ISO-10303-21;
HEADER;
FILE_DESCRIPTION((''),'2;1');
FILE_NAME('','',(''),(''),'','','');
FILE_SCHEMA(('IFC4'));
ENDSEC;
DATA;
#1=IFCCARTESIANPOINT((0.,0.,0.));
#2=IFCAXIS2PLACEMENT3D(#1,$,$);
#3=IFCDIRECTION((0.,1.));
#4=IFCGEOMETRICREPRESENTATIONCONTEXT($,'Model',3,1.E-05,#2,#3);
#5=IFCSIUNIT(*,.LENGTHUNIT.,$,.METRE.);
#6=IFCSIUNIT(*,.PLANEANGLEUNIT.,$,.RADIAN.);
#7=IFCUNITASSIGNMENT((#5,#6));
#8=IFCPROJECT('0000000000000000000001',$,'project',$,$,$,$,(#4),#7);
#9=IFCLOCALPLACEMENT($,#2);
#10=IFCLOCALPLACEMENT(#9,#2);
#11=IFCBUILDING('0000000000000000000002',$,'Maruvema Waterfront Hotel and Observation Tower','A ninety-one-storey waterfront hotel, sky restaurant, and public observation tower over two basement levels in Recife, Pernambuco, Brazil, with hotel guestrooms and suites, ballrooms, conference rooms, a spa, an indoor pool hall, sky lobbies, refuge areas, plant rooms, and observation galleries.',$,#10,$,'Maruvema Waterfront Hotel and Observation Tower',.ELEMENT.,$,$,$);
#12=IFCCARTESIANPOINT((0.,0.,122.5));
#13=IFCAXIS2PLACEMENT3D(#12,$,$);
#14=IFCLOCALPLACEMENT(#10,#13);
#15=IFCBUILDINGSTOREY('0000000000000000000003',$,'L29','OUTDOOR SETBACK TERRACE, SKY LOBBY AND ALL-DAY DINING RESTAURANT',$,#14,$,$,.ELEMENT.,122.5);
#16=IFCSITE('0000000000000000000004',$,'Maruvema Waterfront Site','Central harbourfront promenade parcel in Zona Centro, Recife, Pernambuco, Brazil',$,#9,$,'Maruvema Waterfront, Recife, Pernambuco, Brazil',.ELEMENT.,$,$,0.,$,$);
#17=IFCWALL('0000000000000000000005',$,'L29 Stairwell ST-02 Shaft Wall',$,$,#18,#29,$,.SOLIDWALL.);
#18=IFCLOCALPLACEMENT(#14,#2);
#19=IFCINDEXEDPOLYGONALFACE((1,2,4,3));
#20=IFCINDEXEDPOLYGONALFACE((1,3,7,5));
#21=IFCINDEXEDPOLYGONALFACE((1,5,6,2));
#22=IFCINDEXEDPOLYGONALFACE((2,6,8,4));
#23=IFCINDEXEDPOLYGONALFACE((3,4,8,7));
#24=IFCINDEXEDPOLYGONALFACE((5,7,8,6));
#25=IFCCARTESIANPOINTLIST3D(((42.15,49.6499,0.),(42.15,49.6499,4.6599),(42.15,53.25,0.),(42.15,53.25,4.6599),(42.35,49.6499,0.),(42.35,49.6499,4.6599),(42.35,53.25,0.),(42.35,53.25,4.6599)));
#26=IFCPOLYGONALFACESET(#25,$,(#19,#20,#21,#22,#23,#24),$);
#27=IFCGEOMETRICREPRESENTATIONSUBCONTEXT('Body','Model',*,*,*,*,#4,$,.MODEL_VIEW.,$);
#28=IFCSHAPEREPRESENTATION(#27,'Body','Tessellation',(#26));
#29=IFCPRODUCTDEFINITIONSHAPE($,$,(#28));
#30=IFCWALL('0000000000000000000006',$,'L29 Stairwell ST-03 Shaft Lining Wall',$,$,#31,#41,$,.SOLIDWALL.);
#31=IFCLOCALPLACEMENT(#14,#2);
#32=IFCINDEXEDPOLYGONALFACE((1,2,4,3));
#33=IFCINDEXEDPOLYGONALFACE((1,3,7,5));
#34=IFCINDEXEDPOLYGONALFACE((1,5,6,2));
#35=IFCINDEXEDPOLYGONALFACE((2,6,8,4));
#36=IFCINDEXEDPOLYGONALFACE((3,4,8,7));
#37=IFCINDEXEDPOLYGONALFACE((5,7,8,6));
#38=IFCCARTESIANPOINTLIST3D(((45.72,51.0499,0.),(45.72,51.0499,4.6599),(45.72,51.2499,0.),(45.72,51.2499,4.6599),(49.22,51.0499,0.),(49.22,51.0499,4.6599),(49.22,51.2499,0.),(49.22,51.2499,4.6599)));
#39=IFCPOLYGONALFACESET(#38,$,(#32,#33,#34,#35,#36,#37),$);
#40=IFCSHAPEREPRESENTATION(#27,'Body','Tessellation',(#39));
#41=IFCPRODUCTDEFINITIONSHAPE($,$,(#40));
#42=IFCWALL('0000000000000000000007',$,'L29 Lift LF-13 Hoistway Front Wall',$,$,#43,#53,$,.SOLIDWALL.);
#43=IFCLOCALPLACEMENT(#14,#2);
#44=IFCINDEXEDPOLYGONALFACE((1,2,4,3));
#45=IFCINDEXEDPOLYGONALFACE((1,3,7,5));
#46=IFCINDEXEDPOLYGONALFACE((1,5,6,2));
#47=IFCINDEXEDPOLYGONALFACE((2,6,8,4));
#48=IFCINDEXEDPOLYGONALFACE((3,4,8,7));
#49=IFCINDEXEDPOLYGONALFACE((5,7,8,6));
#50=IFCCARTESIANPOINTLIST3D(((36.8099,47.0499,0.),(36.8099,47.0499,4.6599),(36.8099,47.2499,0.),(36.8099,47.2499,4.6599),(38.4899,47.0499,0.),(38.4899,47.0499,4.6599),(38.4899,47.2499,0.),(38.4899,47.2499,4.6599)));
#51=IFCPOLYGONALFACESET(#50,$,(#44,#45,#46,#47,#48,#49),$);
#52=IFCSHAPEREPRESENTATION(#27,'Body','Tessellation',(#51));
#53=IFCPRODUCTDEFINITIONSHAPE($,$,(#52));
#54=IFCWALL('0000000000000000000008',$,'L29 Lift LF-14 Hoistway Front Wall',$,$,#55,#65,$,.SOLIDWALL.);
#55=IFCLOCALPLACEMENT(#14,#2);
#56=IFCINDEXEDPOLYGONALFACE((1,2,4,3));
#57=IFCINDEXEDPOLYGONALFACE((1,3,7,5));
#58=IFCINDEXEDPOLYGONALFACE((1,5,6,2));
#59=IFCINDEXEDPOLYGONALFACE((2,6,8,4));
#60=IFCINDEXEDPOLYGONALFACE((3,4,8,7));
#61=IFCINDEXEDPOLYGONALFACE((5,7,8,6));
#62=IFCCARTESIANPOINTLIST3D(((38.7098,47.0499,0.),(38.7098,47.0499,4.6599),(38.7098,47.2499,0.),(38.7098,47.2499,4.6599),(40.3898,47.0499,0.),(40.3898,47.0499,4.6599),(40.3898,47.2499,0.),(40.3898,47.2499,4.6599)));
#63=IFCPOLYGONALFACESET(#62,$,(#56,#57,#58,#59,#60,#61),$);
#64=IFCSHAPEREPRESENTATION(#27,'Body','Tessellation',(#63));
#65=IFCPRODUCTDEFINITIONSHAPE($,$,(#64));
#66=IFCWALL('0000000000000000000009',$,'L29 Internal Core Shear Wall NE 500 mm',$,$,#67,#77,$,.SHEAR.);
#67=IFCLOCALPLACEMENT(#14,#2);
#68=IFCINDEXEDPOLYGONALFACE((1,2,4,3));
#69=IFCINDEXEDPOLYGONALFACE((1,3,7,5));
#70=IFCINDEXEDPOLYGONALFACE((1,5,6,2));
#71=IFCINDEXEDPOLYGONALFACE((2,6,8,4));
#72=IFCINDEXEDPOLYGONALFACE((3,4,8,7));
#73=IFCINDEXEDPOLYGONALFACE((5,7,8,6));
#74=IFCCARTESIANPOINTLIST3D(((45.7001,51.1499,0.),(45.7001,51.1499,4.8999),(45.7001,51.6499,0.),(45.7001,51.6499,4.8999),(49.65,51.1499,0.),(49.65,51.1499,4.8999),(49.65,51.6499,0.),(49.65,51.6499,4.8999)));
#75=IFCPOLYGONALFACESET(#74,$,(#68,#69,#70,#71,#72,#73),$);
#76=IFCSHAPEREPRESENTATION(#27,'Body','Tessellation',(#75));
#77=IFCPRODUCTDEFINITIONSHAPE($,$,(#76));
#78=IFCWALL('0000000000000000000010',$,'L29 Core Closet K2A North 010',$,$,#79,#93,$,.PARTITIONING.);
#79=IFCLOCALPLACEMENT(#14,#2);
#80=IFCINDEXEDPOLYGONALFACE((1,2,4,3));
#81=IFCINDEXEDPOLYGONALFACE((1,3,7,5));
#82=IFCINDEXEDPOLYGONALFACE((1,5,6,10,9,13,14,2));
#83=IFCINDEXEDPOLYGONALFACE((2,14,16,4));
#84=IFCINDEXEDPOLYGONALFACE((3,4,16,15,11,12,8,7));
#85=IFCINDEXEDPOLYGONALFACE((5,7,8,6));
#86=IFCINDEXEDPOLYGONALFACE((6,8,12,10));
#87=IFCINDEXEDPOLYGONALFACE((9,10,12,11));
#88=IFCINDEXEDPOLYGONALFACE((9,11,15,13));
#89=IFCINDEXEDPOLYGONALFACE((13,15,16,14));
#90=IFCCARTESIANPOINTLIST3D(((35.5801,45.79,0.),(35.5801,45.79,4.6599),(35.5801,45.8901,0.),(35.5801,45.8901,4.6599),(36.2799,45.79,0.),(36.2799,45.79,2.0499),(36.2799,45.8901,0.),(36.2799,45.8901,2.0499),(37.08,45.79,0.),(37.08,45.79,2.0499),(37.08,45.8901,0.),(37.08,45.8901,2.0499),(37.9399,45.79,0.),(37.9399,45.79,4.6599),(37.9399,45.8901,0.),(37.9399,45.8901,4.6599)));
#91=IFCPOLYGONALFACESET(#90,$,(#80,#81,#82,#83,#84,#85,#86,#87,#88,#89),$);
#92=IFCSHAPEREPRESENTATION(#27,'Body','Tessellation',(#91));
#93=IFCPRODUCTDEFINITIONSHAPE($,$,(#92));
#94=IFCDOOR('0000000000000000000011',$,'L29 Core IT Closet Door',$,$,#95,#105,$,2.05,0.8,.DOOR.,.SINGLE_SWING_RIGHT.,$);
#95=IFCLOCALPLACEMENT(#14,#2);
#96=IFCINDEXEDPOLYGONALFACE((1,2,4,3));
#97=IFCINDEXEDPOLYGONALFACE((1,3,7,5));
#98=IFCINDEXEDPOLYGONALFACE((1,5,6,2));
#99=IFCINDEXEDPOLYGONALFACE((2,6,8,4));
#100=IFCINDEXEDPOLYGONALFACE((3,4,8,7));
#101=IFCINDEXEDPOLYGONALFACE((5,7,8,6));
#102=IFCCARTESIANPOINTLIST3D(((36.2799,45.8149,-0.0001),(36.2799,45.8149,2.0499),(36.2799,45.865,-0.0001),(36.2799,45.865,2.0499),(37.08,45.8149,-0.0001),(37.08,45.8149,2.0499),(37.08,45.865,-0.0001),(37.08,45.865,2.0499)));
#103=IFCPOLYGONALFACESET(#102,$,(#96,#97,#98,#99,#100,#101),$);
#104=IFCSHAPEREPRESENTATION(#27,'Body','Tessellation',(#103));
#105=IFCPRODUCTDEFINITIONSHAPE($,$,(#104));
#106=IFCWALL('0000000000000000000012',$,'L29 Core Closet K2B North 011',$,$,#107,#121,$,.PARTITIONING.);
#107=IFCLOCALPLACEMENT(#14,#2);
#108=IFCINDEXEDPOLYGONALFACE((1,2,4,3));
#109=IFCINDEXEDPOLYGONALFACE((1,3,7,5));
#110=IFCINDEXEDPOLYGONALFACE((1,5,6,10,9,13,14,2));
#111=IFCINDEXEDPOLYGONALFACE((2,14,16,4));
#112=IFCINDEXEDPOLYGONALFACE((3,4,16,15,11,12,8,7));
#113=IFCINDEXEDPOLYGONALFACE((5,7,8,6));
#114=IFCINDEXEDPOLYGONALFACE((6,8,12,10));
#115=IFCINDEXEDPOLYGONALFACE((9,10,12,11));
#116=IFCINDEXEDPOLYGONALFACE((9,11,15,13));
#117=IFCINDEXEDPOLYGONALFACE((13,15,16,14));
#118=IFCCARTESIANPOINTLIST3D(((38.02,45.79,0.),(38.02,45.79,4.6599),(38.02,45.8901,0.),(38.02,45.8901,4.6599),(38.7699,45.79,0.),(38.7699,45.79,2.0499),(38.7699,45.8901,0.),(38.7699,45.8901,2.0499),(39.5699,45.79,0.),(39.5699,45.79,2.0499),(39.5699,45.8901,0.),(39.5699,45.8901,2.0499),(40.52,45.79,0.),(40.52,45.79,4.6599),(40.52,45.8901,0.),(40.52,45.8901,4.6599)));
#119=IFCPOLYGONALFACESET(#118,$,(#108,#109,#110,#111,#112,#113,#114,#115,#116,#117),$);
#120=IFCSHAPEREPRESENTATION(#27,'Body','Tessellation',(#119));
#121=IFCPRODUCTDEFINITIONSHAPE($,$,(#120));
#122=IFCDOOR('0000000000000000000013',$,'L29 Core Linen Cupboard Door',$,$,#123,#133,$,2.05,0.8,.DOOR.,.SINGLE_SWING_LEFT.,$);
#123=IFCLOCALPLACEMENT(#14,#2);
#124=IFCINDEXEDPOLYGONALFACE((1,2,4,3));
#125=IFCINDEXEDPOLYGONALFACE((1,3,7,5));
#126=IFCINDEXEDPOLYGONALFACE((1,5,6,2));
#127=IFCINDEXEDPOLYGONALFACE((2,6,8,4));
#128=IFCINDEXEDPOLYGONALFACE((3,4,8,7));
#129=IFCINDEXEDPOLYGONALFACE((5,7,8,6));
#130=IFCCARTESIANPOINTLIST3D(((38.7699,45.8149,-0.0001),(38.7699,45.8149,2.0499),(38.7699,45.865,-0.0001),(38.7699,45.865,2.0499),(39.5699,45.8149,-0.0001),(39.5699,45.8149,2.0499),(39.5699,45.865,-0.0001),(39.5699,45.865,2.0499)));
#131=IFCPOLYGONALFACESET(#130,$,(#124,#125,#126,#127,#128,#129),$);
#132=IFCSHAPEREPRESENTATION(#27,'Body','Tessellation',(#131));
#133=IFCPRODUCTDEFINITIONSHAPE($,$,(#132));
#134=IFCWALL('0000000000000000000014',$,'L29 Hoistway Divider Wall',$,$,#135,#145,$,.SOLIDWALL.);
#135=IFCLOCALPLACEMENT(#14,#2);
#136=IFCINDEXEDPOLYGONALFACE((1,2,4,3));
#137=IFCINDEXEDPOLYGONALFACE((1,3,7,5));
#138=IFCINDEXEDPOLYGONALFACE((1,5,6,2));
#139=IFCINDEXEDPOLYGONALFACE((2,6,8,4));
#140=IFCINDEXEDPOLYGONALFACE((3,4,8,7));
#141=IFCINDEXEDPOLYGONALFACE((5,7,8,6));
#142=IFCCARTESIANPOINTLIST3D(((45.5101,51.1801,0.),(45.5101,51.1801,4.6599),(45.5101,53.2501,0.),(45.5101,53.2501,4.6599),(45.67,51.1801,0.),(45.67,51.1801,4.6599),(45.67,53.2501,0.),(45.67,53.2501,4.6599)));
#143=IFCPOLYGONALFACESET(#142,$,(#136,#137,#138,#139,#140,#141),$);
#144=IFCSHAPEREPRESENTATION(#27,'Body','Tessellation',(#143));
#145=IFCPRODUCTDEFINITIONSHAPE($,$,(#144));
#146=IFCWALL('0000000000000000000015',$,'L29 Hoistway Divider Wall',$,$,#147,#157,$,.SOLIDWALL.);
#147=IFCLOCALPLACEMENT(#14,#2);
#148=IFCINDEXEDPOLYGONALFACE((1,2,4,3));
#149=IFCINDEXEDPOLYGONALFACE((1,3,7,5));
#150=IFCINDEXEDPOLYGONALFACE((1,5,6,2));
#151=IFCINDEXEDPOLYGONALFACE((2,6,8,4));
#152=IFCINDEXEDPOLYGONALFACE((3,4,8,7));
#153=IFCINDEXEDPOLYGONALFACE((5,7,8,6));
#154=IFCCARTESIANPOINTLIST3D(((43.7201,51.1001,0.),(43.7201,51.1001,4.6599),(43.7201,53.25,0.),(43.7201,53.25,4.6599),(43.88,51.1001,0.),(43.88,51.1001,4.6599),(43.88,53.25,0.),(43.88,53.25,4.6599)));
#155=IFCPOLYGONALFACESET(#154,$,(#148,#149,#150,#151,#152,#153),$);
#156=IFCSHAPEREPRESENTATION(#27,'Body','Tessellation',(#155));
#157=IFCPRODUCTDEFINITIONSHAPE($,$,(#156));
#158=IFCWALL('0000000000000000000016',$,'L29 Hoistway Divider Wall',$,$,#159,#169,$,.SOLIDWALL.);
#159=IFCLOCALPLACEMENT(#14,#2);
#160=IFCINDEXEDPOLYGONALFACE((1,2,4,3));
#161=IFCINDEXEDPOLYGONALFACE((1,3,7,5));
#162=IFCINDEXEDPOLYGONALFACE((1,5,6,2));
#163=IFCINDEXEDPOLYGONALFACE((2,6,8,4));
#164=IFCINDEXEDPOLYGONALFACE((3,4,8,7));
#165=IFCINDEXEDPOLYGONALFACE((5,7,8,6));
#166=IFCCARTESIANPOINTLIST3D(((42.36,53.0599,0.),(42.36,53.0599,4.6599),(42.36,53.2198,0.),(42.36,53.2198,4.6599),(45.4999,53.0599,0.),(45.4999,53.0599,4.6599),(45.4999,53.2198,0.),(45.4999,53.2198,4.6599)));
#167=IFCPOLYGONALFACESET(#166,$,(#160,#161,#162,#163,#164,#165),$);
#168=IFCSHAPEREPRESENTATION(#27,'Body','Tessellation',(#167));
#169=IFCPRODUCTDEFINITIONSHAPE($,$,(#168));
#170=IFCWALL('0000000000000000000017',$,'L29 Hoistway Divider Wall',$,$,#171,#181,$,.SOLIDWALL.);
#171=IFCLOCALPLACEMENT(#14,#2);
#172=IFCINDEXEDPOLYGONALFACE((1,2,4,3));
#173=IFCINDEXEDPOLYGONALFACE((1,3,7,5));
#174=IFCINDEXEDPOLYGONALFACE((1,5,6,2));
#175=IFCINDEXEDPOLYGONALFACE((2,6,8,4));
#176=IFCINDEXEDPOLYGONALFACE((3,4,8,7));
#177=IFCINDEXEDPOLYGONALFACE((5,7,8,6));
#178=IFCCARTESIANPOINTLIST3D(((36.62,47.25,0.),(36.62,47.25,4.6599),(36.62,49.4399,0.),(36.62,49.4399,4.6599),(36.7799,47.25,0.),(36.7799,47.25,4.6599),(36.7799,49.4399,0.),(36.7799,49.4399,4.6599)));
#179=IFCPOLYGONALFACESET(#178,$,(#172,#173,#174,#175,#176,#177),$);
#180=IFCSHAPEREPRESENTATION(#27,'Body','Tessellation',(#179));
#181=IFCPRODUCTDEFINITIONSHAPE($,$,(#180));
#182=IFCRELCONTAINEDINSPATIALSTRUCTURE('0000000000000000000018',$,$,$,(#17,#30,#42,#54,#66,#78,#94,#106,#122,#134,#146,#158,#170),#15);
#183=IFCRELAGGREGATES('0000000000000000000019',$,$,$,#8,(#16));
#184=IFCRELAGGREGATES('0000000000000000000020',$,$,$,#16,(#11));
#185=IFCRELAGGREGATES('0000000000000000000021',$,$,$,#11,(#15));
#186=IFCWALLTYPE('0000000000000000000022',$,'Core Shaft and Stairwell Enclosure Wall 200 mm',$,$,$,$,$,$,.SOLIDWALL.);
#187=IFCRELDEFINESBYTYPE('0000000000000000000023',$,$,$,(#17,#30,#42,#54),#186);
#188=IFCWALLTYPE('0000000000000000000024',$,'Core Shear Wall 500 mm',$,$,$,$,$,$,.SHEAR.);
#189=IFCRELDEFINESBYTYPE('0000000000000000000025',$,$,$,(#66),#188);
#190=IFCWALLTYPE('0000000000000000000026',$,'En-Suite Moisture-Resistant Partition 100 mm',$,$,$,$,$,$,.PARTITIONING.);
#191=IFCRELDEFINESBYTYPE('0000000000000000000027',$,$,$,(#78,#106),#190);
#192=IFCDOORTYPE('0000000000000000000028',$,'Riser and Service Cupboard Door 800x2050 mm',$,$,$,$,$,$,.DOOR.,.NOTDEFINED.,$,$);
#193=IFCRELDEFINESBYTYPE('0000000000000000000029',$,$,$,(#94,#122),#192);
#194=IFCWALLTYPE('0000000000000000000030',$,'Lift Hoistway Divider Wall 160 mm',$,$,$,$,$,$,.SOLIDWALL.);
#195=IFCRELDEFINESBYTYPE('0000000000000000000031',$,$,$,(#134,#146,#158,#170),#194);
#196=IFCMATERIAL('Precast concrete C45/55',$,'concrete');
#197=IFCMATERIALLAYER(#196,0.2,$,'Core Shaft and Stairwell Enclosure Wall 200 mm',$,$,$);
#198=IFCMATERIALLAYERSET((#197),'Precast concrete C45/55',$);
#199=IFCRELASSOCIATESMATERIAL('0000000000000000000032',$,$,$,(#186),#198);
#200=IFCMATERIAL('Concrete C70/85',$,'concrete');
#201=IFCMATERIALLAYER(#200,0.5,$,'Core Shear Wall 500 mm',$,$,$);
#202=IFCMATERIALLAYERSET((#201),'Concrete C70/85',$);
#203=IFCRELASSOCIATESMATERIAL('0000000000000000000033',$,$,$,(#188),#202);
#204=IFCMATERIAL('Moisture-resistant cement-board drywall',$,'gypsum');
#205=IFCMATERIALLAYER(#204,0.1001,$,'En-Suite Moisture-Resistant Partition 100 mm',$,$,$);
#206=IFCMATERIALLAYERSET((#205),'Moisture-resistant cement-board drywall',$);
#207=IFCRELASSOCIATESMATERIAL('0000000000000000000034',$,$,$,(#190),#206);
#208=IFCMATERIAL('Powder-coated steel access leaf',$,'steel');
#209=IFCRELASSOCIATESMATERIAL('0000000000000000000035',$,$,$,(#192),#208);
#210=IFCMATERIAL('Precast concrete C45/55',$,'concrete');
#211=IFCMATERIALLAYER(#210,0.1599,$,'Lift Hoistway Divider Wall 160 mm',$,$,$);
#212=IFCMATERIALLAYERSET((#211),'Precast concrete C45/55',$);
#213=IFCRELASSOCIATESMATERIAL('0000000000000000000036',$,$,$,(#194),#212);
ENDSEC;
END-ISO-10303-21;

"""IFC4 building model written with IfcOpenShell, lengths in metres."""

from ifc_helpers import new_model, si_unit, direction, frame, frame_2d, origin, place, context, subcontext, project, spatial, rectangle, extrude, material, layer, layer_set, type_object, element, fill, save


model = new_model("IFC4")

# Units and contexts
model_context = context("Model", 3, precision=1e-05, world=origin(), true_north=direction((0.0, 1.0)))
body_context = subcontext(model_context, "Body", "Model", "MODEL_VIEW")
ifc_project = project(units=[si_unit("LENGTHUNIT", "METRE"), si_unit("PLANEANGLEUNIT", "RADIAN")], contexts=[model_context])

# Site, building, storey
site_placement = place(None, origin())
site = spatial("IfcSite", under=ifc_project, at=site_placement, Name="Maruvema Waterfront Site", Description="Central harbourfront promenade parcel in Zona Centro, Recife, Pernambuco, Brazil", LongName="Maruvema Waterfront, Recife, Pernambuco, Brazil", CompositionType="ELEMENT", RefElevation=0.0)
building_placement = place(site_placement, origin())
building = spatial("IfcBuilding", under=site, at=building_placement, Name="Maruvema Waterfront Hotel and Observation Tower", Description="A ninety-one-storey waterfront hotel, sky restaurant, and public observation tower over two basement levels in Recife, Pernambuco, Brazil, with hotel guestrooms and suites, ballrooms, conference rooms, a spa, an indoor pool hall, sky lobbies, refuge areas, plant rooms, and observation galleries.", LongName="Maruvema Waterfront Hotel and Observation Tower", CompositionType="ELEMENT")
storey_placement = place(building_placement, frame((0.0, 0.0, 122.5)))
storey = spatial("IfcBuildingStorey", under=building, at=storey_placement, Name="L29", Description="OUTDOOR SETBACK TERRACE, SKY LOBBY AND ALL-DAY DINING RESTAURANT", CompositionType="ELEMENT", Elevation=122.5)

# Walls
ifc_material_1 = material(Name="Precast concrete C45/55", Category="concrete")
ifc_layer_1 = layer(ifc_material_1, 0.2, Name="Core Shaft and Stairwell Enclosure Wall 200 mm")
ifc_layer_set_1 = layer_set([ifc_layer_1], Name="Precast concrete C45/55")
wall_type_1 = type_object("IfcWallType", Name="Core Shaft and Stairwell Enclosure Wall 200 mm", PredefinedType="SOLIDWALL", material=ifc_layer_set_1)
wall_1_placement = place(storey_placement, frame((42.25, 49.6499, 0.0), z_axis=(0.0, 0.0, 1.0), x_axis=(0.0, 1.0, 0.0)))
element("IfcWall", 1, at=wall_1_placement, inside=storey, type_object=wall_type_1, Name="L29 Stairwell ST-02 Shaft Wall", PredefinedType="SOLIDWALL", context=body_context, shape_type="SweptSolid", body=[
    extrude(rectangle(XDim=3.6001, YDim=0.2, at=frame_2d((1.8, 0.0))), origin(), (0.0, 0.0, 1.0), 4.6599),
])
wall_2_placement = place(storey_placement, frame((45.72, 51.1499, 0.0), z_axis=(0.0, 0.0, 1.0), x_axis=(1.0, 0.0, 0.0)))
element("IfcWall", 2, at=wall_2_placement, inside=storey, type_object=wall_type_1, Name="L29 Stairwell ST-03 Shaft Lining Wall", PredefinedType="SOLIDWALL", context=body_context, shape_type="SweptSolid", body=[
    extrude(rectangle(XDim=3.5, YDim=0.2, at=frame_2d((1.75, 0.0))), origin(), (0.0, 0.0, 1.0), 4.6599),
])

# Walls
for number, where, z_axis, x_axis, name in (
    (3, (36.8101, 47.1499, 0.0), (0.0, 0.0, 1.0), (1.0, 0.0, 0.0), "L29 Lift LF-13 Hoistway Front Wall"),
    (4, (38.71, 47.1499, 0.0), (0.0, 0.0, 1.0), (1.0, 0.0, 0.0), "L29 Lift LF-14 Hoistway Front Wall"),
):
    element("IfcWall", number, at=place(storey_placement, frame(where, z_axis=z_axis, x_axis=x_axis)), inside=storey, type_object=wall_type_1, Name=name, PredefinedType="SOLIDWALL", context=body_context, shape_type="SweptSolid", body=[
        extrude(rectangle(XDim=1.6799, YDim=0.2, at=frame_2d((0.8398, 0.0))), origin(), (0.0, 0.0, 1.0), 4.6599),
    ])
ifc_material_2 = material(Name="Concrete C70/85", Category="concrete")
ifc_layer_2 = layer(ifc_material_2, 0.5, Name="Core Shear Wall 500 mm")
ifc_layer_set_2 = layer_set([ifc_layer_2], Name="Concrete C70/85")
wall_type_2 = type_object("IfcWallType", Name="Core Shear Wall 500 mm", PredefinedType="SHEAR", material=ifc_layer_set_2)
wall_3_placement = place(storey_placement, frame((45.7, 51.3999, 0.0), z_axis=(0.0, 0.0, 1.0), x_axis=(1.0, 0.0, 0.0)))
element("IfcWall", 5, at=wall_3_placement, inside=storey, type_object=wall_type_2, Name="L29 Internal Core Shear Wall NE 500 mm", PredefinedType="SHEAR", context=body_context, shape_type="SweptSolid", body=[
    extrude(rectangle(XDim=3.95, YDim=0.5, at=frame_2d((1.9751, 0.0))), origin(), (0.0, 0.0, 1.0), 4.8999),
])

# Walls, openings, doors
ifc_material_3 = material(Name="Moisture-resistant cement-board drywall", Category="gypsum")
ifc_layer_3 = layer(ifc_material_3, 0.1001, Name="En-Suite Moisture-Resistant Partition 100 mm")
ifc_layer_set_3 = layer_set([ifc_layer_3], Name="Moisture-resistant cement-board drywall")
wall_type_3 = type_object("IfcWallType", Name="En-Suite Moisture-Resistant Partition 100 mm", PredefinedType="PARTITIONING", material=ifc_layer_set_3)
wall_4_placement = place(storey_placement, frame((35.5801, 45.8401, 0.0), z_axis=(0.0, 0.0, 1.0), x_axis=(1.0, 0.0, 0.0)))
wall_4 = element("IfcWall", 6, at=wall_4_placement, inside=storey, type_object=wall_type_3, Name="L29 Core Closet K2A North 010", PredefinedType="PARTITIONING", context=body_context, shape_type="SweptSolid", body=[
    extrude(rectangle(XDim=2.3599, YDim=0.1001, at=frame_2d((1.1799, 0.0))), origin(), (0.0, 0.0, 1.0), 4.6599),
])
opening_1_placement = place(wall_4_placement, frame((0.7, 0.0, 0.0)))
opening_1 = element("IfcOpeningElement", 7, at=opening_1_placement, cuts=wall_4, PredefinedType="OPENING", context=body_context, shape_type="SweptSolid", body=[
    extrude(rectangle(XDim=0.8, YDim=2.05, at=frame_2d((0.3999, 1.0249))), frame((0.0, 0.0601, 0.0), z_axis=(0.0, -1.0, 0.0), x_axis=(1.0, 0.0, 0.0)), (0.0, 0.0, 1.0), 0.1201),
])
ifc_material_4 = material(Name="Powder-coated steel access leaf", Category="steel")
door_type_1 = type_object("IfcDoorType", Name="Riser and Service Cupboard Door 800x2050 mm", OperationType="NOTDEFINED", PredefinedType="DOOR", material=ifc_material_4)
door_1_placement = place(opening_1_placement, origin())
door_1 = element("IfcDoor", 8, at=door_1_placement, inside=storey, type_object=door_type_1, Name="L29 Core IT Closet Door", OperationType="SINGLE_SWING_RIGHT", OverallHeight=2.05, OverallWidth=0.8, PredefinedType="DOOR", context=body_context, shape_type="SweptSolid", body=[
    extrude(rectangle(XDim=0.8, YDim=2.05, at=frame_2d((0.3999, 1.0249))), frame((0.0, 0.0249, 0.0), z_axis=(0.0, -1.0, 0.0), x_axis=(1.0, 0.0, 0.0)), (0.0, 0.0, 1.0), 0.05),
])
fill(opening_1, door_1)
wall_5_placement = place(storey_placement, frame((38.02, 45.8401, 0.0), z_axis=(0.0, 0.0, 1.0), x_axis=(1.0, 0.0, 0.0)))
wall_5 = element("IfcWall", 9, at=wall_5_placement, inside=storey, type_object=wall_type_3, Name="L29 Core Closet K2B North 011", PredefinedType="PARTITIONING", context=body_context, shape_type="SweptSolid", body=[
    extrude(rectangle(XDim=2.5, YDim=0.1001, at=frame_2d((1.25, 0.0))), origin(), (0.0, 0.0, 1.0), 4.6599),
])
opening_2_placement = place(wall_5_placement, frame((0.75, 0.0, 0.0)))
opening_2 = element("IfcOpeningElement", 10, at=opening_2_placement, cuts=wall_5, PredefinedType="OPENING", context=body_context, shape_type="SweptSolid", body=[
    extrude(rectangle(XDim=0.8, YDim=2.05, at=frame_2d((0.3999, 1.0249))), frame((0.0, 0.0601, 0.0), z_axis=(0.0, -1.0, 0.0), x_axis=(1.0, 0.0, 0.0)), (0.0, 0.0, 1.0), 0.1201),
])
door_2_placement = place(opening_2_placement, origin())
door_2 = element("IfcDoor", 11, at=door_2_placement, inside=storey, type_object=door_type_1, Name="L29 Core Linen Cupboard Door", OperationType="SINGLE_SWING_LEFT", OverallHeight=2.05, OverallWidth=0.8, PredefinedType="DOOR", context=body_context, shape_type="SweptSolid", body=[
    extrude(rectangle(XDim=0.8, YDim=2.05, at=frame_2d((0.3999, 1.0249))), frame((0.0, 0.0249, 0.0), z_axis=(0.0, -1.0, 0.0), x_axis=(1.0, 0.0, 0.0)), (0.0, 0.0, 1.0), 0.05),
])
fill(opening_2, door_2)

# Walls
ifc_material_5 = material(Name="Precast concrete C45/55", Category="concrete")
ifc_layer_4 = layer(ifc_material_5, 0.1599, Name="Lift Hoistway Divider Wall 160 mm")
ifc_layer_set_4 = layer_set([ifc_layer_4], Name="Precast concrete C45/55")
wall_type_4 = type_object("IfcWallType", Name="Lift Hoistway Divider Wall 160 mm", PredefinedType="SOLIDWALL", material=ifc_layer_set_4)
wall_6_placement = place(storey_placement, frame((45.5901, 51.1799, 0.0), z_axis=(0.0, 0.0, 1.0), x_axis=(0.0, 1.0, 0.0)))
element("IfcWall", 12, at=wall_6_placement, inside=storey, type_object=wall_type_4, Name="L29 Hoistway Divider Wall", PredefinedType="SOLIDWALL", context=body_context, shape_type="SweptSolid", body=[
    extrude(rectangle(XDim=2.0701, YDim=0.1599, at=frame_2d((1.0352, 0.0))), origin(), (0.0, 0.0, 1.0), 4.6599),
])
wall_7_placement = place(storey_placement, frame((43.8, 51.1001, 0.0), z_axis=(0.0, 0.0, 1.0), x_axis=(0.0, 1.0, 0.0)))
element("IfcWall", 13, at=wall_7_placement, inside=storey, type_object=wall_type_4, Name="L29 Hoistway Divider Wall", PredefinedType="SOLIDWALL", context=body_context, shape_type="SweptSolid", body=[
    extrude(rectangle(XDim=2.1499, YDim=0.1599, at=frame_2d((1.075, 0.0))), origin(), (0.0, 0.0, 1.0), 4.6599),
])
wall_8_placement = place(storey_placement, frame((42.3601, 53.1399, 0.0), z_axis=(0.0, 0.0, 1.0), x_axis=(1.0, 0.0, 0.0)))
element("IfcWall", 14, at=wall_8_placement, inside=storey, type_object=wall_type_4, Name="L29 Hoistway Divider Wall", PredefinedType="SOLIDWALL", context=body_context, shape_type="SweptSolid", body=[
    extrude(rectangle(XDim=3.1399, YDim=0.1599, at=frame_2d((1.5698, 0.0))), origin(), (0.0, 0.0, 1.0), 4.6599),
])
for number, where, z_axis, x_axis, name in (
    (15, (36.7, 47.25, 0.0), (0.0, 0.0, 1.0), (0.0, 1.0, 0.0), "L29 Hoistway Divider Wall"),
):
    element("IfcWall", number, at=place(storey_placement, frame(where, z_axis=z_axis, x_axis=x_axis)), inside=storey, type_object=wall_type_4, Name=name, PredefinedType="SOLIDWALL", context=body_context, shape_type="SweptSolid", body=[
        extrude(rectangle(XDim=2.1899, YDim=0.1599, at=frame_2d((1.095, 0.0))), origin(), (0.0, 0.0, 1.0), 4.6599),
    ])

save(model, "model.ifc")
